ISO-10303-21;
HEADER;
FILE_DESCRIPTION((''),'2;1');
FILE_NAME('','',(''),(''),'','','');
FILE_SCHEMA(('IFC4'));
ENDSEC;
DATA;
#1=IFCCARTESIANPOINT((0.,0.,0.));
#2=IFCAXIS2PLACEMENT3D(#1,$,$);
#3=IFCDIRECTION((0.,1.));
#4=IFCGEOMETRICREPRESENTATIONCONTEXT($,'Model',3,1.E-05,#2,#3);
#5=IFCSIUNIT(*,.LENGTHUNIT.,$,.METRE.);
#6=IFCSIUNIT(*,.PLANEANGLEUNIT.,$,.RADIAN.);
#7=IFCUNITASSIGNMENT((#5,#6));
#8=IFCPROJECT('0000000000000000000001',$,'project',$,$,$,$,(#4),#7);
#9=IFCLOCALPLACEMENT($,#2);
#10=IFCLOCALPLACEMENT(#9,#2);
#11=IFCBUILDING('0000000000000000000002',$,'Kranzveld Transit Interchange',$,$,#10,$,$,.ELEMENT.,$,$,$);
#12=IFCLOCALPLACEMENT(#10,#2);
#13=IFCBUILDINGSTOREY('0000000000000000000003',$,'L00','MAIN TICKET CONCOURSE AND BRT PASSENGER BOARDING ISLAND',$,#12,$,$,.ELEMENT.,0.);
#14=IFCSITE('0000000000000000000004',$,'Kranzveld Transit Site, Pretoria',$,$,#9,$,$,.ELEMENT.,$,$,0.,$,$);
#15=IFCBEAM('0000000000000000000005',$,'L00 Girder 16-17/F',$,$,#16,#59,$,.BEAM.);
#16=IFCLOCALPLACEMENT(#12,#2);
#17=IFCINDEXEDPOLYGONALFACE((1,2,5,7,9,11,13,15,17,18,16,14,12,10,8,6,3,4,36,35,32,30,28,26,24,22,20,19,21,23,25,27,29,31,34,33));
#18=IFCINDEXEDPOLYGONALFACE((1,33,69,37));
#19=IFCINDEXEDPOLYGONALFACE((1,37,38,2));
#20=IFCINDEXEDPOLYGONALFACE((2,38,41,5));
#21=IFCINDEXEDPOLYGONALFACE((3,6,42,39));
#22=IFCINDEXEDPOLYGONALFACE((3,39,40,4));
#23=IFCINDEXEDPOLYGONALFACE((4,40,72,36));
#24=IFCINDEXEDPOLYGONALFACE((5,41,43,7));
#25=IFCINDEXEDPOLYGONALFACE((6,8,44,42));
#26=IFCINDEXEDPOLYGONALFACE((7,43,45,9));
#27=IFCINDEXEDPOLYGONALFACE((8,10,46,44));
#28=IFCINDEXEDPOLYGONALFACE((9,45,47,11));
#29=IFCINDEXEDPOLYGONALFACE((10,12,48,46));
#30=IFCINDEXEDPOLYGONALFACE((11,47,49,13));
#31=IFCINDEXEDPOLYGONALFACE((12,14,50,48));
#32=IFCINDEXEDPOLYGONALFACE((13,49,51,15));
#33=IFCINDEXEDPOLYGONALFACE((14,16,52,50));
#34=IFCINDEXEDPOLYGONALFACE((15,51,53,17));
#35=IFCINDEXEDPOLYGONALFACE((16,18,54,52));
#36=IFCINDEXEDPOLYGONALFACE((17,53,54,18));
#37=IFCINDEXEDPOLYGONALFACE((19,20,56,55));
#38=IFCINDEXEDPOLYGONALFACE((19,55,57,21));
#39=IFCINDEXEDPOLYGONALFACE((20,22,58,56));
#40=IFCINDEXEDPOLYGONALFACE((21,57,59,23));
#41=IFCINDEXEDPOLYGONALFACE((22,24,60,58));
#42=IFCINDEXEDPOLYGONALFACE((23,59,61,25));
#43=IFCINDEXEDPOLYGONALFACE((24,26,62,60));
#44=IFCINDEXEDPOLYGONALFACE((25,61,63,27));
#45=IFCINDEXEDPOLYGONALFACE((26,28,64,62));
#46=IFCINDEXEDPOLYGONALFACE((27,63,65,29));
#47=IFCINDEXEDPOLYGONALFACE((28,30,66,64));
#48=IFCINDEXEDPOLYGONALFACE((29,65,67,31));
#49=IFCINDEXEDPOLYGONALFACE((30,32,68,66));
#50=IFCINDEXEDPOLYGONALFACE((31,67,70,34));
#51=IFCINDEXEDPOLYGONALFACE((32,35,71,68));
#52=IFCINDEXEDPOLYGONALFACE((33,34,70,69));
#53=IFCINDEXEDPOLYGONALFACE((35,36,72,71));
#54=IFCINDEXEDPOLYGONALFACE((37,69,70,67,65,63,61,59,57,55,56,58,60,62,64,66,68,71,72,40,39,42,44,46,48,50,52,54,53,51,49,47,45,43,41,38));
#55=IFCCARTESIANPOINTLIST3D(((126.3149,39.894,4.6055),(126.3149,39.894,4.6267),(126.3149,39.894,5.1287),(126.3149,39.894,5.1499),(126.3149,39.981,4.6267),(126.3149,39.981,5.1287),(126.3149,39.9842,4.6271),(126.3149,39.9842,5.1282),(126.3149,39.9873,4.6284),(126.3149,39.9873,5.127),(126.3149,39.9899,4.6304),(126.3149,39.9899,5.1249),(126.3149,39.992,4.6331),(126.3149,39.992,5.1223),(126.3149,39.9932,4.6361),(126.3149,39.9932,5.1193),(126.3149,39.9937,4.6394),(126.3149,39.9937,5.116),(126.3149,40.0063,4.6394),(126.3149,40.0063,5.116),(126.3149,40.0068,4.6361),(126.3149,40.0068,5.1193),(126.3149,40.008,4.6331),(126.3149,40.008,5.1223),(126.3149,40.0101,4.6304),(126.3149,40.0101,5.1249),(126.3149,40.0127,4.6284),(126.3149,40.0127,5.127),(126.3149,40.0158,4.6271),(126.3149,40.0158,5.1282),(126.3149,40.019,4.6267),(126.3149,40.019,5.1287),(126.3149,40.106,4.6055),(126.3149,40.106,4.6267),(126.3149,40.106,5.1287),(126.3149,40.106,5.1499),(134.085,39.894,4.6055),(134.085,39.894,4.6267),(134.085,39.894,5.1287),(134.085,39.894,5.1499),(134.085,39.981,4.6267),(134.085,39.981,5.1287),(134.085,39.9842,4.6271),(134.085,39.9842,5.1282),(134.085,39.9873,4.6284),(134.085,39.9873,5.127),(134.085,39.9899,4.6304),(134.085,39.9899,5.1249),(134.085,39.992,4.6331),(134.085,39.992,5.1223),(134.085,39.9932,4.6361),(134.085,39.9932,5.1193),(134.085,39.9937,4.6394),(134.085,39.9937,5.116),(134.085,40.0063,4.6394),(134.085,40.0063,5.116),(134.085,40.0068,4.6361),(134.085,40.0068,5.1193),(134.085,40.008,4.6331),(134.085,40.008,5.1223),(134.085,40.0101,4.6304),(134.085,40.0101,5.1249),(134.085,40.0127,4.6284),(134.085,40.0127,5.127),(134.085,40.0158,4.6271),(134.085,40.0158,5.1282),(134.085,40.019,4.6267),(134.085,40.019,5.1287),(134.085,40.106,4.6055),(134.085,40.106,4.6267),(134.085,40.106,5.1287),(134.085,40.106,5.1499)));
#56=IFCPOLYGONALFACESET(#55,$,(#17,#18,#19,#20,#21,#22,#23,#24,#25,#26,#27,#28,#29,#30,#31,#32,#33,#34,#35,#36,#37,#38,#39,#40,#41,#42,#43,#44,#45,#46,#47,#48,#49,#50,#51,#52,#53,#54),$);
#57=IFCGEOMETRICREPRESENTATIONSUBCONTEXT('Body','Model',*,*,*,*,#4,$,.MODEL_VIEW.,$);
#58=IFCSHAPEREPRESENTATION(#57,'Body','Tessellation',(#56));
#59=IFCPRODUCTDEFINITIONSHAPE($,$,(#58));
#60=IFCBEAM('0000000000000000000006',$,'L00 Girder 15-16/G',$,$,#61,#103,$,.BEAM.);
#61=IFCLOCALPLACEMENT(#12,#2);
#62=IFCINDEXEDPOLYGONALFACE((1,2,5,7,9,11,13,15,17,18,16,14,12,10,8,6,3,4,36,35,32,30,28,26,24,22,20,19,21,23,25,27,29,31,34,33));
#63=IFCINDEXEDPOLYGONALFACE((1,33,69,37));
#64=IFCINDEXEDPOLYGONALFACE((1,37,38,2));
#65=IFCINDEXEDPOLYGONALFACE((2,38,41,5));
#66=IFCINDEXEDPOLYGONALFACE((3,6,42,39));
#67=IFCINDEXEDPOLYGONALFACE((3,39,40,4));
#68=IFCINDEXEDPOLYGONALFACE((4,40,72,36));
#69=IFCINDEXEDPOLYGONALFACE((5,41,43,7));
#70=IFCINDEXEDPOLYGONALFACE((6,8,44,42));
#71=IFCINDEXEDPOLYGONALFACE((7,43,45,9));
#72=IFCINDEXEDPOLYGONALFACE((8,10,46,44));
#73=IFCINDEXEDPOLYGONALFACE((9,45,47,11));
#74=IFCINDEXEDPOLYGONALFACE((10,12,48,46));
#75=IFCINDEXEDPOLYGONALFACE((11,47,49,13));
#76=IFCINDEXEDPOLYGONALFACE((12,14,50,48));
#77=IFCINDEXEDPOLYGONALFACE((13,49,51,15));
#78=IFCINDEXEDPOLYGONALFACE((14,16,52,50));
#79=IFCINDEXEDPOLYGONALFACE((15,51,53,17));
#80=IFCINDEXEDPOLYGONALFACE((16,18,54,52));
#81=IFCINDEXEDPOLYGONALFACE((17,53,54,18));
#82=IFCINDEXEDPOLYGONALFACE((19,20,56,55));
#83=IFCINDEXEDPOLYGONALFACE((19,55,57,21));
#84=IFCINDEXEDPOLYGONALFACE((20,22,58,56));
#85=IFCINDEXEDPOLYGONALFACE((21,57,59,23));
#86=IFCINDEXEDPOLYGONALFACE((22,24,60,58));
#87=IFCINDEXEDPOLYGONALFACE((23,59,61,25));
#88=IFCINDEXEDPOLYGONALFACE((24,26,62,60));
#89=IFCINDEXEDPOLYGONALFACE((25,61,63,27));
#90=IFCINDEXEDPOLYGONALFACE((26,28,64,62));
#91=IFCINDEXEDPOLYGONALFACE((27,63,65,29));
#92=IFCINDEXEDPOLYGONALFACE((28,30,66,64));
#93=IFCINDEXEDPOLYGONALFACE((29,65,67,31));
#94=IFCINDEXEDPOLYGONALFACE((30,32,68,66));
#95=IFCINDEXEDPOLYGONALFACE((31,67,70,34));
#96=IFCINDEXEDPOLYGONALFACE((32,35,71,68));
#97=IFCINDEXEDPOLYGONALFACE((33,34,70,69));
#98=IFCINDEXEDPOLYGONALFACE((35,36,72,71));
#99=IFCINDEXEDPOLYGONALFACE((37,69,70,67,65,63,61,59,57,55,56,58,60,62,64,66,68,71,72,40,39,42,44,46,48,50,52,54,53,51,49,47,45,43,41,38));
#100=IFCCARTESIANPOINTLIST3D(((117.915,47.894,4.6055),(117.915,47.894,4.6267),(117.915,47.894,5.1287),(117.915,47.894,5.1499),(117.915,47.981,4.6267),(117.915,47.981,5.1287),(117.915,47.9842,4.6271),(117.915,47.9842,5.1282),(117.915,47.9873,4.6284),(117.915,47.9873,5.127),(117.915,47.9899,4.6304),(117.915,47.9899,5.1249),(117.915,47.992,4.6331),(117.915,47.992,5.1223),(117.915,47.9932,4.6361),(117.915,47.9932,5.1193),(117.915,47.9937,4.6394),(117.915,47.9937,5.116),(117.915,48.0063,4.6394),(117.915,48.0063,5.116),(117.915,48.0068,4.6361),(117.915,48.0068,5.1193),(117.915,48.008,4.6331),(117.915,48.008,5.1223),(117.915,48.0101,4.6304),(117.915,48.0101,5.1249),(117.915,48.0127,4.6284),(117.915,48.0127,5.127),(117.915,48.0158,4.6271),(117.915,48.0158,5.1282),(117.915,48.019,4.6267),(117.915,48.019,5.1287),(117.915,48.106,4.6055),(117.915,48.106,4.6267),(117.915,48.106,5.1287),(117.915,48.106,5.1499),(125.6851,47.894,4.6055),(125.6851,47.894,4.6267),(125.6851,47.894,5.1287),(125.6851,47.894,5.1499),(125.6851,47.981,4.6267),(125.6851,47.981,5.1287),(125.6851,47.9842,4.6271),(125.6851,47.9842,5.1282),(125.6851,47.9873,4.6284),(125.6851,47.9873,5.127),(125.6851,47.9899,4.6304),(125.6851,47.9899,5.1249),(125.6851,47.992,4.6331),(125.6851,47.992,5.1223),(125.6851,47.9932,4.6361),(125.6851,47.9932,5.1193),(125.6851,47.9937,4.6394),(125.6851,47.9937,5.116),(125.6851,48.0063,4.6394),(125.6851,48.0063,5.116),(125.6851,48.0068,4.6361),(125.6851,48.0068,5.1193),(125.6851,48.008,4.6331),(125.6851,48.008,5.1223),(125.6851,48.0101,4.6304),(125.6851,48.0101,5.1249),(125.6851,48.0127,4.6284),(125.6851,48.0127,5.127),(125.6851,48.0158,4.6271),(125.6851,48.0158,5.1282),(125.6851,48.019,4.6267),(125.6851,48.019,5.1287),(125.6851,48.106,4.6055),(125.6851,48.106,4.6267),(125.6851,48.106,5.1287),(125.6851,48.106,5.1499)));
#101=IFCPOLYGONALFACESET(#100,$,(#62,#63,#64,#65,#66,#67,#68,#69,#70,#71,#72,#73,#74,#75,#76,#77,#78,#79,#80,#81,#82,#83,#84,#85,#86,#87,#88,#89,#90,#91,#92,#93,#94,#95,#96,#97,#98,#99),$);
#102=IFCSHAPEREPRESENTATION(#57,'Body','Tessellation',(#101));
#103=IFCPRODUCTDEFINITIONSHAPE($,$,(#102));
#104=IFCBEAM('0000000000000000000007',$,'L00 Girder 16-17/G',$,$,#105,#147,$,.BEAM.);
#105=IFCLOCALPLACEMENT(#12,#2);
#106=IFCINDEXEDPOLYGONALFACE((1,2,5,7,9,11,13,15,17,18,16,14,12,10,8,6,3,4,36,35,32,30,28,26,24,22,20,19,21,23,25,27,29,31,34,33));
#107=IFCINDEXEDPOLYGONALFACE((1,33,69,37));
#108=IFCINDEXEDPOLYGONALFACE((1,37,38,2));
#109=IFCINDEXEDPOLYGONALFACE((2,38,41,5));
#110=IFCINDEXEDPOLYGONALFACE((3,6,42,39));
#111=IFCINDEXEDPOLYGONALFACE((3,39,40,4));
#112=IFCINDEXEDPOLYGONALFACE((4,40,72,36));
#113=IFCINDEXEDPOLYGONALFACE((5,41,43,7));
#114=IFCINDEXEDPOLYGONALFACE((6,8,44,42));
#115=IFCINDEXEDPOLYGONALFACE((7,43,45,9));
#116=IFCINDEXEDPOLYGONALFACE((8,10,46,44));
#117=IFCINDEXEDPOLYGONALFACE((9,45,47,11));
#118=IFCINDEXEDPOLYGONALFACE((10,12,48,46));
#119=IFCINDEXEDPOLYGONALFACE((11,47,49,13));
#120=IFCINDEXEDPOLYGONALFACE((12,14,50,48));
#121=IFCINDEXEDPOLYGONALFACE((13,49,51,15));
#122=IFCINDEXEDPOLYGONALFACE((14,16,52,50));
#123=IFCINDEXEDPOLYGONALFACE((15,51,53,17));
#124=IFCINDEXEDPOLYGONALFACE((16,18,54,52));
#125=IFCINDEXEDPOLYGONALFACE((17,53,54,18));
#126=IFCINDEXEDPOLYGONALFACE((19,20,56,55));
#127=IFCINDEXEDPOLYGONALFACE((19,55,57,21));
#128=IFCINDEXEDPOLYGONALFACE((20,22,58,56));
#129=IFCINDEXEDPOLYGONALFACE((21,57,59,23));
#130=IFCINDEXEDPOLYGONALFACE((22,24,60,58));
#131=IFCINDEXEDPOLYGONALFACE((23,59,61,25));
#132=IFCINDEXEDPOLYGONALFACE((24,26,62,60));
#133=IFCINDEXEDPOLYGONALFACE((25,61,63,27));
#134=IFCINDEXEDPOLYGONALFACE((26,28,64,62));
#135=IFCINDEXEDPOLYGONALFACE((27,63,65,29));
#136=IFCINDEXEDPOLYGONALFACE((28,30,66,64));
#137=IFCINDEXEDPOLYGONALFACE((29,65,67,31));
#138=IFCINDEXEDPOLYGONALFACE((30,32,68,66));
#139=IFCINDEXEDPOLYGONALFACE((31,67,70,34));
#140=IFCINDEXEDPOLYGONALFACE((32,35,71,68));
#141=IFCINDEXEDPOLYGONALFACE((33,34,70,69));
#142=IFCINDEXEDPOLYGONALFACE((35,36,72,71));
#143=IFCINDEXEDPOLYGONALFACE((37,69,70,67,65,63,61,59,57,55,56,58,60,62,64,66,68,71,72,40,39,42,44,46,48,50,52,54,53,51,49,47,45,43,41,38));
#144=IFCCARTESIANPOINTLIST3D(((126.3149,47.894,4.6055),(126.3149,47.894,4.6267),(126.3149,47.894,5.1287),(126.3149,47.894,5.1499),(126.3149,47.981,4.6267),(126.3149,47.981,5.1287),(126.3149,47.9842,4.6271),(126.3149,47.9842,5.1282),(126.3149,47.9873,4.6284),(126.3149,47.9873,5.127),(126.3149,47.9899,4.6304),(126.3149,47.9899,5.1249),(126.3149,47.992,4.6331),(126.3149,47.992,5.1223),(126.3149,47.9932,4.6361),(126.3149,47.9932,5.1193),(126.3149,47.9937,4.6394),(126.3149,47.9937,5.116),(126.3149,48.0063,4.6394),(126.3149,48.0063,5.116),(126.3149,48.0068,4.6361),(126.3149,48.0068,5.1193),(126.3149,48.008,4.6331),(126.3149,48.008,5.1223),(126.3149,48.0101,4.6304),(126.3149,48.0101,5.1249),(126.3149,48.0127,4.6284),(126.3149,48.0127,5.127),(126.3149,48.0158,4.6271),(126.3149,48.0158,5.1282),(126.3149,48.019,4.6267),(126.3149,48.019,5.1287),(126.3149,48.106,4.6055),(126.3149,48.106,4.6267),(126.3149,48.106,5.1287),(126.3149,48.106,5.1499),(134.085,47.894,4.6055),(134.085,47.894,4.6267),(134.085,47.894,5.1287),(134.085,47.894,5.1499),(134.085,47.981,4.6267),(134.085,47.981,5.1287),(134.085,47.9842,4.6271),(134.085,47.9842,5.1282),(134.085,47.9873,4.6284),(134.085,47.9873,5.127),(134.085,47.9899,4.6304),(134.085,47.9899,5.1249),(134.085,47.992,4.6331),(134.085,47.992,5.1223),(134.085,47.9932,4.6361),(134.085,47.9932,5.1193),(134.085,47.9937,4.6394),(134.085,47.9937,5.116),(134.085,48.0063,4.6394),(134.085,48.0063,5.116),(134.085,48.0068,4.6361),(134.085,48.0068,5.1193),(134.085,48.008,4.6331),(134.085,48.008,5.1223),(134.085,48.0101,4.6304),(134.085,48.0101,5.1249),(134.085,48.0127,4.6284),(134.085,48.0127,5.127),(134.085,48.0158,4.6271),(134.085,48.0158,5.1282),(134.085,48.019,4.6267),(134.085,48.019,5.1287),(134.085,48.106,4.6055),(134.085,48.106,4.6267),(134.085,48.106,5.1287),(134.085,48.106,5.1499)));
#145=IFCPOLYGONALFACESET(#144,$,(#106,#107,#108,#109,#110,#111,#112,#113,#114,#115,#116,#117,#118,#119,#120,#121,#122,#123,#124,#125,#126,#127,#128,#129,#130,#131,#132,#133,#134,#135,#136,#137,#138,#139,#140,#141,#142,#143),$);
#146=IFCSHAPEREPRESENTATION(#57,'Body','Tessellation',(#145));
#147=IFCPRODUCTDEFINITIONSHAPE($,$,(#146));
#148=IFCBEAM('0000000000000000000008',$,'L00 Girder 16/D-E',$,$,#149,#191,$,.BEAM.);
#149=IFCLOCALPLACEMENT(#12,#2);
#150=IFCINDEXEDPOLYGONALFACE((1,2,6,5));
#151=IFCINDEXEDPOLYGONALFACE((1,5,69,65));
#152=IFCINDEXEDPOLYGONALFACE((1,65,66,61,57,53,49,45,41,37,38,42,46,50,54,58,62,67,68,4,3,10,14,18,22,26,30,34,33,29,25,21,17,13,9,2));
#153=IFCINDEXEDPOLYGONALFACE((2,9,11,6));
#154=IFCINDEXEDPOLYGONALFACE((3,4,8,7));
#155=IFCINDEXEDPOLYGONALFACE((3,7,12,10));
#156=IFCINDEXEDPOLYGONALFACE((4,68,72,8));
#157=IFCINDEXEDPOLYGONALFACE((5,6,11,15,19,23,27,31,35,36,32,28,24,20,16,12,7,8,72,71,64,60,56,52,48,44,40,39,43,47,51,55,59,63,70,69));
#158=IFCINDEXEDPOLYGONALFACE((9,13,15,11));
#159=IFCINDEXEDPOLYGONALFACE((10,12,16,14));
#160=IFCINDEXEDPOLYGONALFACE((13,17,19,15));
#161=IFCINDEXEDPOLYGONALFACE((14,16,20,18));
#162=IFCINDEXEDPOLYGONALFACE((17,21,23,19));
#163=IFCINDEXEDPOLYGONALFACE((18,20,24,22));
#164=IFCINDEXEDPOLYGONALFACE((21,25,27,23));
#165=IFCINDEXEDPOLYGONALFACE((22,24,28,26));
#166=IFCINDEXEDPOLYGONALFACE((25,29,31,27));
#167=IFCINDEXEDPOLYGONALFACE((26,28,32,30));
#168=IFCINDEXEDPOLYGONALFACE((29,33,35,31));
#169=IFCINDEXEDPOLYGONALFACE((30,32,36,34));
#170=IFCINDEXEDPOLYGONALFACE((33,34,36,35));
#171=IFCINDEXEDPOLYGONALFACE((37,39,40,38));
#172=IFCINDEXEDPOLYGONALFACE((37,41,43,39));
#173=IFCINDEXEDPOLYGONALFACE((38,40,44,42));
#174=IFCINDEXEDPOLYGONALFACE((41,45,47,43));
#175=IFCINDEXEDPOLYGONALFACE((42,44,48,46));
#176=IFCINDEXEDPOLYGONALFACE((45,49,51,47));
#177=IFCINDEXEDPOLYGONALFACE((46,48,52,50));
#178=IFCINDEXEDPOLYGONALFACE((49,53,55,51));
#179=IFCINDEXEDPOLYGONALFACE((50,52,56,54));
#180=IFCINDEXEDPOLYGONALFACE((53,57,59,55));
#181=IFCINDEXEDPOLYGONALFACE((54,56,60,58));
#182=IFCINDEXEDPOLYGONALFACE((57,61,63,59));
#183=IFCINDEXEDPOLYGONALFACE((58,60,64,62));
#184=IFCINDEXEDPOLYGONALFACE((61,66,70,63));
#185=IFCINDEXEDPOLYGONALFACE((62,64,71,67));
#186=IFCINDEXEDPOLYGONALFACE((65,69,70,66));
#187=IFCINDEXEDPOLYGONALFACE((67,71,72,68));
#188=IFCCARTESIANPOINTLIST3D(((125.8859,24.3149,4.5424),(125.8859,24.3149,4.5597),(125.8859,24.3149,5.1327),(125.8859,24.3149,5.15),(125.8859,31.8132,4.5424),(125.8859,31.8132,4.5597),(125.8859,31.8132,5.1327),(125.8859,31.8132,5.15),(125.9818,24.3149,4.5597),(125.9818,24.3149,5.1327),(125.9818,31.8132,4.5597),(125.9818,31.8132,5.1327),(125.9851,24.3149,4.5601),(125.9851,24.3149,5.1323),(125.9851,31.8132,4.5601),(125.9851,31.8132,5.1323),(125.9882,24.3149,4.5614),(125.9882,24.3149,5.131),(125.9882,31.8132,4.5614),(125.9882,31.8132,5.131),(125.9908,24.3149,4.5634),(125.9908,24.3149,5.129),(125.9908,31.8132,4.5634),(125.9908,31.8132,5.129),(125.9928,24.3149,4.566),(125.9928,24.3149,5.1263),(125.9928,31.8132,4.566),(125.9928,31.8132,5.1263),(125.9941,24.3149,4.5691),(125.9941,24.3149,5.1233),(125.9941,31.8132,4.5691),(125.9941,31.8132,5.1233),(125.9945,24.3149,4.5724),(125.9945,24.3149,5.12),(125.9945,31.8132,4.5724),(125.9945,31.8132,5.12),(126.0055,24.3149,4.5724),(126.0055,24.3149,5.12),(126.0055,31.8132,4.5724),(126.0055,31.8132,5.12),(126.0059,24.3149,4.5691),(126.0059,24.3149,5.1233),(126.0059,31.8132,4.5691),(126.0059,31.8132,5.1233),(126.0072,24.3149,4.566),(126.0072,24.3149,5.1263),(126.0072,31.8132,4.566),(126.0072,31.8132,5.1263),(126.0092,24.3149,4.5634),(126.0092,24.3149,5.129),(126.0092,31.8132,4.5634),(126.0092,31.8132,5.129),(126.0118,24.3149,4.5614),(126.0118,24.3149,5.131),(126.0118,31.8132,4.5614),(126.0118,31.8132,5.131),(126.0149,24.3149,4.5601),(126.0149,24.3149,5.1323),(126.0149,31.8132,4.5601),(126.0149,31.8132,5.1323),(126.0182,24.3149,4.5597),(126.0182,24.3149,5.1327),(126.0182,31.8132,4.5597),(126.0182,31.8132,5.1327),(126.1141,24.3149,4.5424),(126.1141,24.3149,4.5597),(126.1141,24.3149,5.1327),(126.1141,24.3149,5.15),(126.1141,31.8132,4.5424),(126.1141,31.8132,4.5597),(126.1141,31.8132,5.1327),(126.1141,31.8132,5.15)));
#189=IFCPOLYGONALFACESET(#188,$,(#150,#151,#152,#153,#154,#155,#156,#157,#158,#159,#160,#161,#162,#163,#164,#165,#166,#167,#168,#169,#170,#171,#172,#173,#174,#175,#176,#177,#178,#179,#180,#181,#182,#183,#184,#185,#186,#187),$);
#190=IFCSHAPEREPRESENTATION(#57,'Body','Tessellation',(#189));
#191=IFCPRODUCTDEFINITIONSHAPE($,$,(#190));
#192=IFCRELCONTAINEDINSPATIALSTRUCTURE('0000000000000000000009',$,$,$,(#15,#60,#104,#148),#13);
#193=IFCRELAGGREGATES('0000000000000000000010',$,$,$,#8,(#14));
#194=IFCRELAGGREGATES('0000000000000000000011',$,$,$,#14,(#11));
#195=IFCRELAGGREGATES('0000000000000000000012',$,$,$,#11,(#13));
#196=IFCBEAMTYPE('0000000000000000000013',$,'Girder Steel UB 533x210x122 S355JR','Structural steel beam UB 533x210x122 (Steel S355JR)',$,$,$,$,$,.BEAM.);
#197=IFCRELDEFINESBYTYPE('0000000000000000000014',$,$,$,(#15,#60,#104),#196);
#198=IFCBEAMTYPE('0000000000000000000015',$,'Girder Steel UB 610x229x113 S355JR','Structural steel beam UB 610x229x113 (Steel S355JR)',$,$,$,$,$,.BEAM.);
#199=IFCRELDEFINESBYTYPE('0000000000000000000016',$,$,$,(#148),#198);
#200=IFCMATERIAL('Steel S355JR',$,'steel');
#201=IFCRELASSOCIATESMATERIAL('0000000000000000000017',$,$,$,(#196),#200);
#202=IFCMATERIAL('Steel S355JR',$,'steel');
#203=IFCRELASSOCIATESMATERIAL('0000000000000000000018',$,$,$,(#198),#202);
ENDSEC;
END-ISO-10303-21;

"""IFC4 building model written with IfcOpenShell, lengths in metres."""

from ifc_helpers import new_model, si_unit, direction, frame, origin, origin_2d, place, context, subcontext, project, spatial, i_section, extrude, material, material_profile, profile_set, type_object, element, save


model = new_model("IFC4")

# Units and contexts
model_context = context("Model", 3, precision=1e-05, world=origin(), true_north=direction((0.0, 1.0)))
body_context = subcontext(model_context, "Body", "Model", "MODEL_VIEW")
ifc_project = project(units=[si_unit("LENGTHUNIT", "METRE"), si_unit("PLANEANGLEUNIT", "RADIAN")], contexts=[model_context])

# Site, building, storey
site_placement = place(None, origin())
site = spatial("IfcSite", under=ifc_project, at=site_placement, Name="Kranzveld Transit Site, Pretoria", CompositionType="ELEMENT", RefElevation=0.0)
building_placement = place(site_placement, origin())
building = spatial("IfcBuilding", under=site, at=building_placement, Name="Kranzveld Transit Interchange", CompositionType="ELEMENT")
storey_placement = place(building_placement, origin())
storey = spatial("IfcBuildingStorey", under=building, at=storey_placement, Name="L00", Description="MAIN TICKET CONCOURSE AND BRT PASSENGER BOARDING ISLAND", CompositionType="ELEMENT", Elevation=0.0)

# Beams
ifc_material_1 = material(Name="Steel S355JR", Category="steel")
ifc_material_profile_1 = material_profile(ifc_material_1, i_section(OverallWidth=0.2119, OverallDepth=0.5444, WebThickness=0.0127, FlangeThickness=0.0212, FilletRadius=0.0127, at=origin_2d()), Name="UB 533x210x122")
ifc_profile_set_1 = profile_set([ifc_material_profile_1], Name="Steel S355JR")
beam_type_1 = type_object("IfcBeamType", Name="Girder Steel UB 533x210x122 S355JR", Description="Structural steel beam UB 533x210x122 (Steel S355JR)", PredefinedType="BEAM", material=ifc_profile_set_1)
for number, where, z_axis, x_axis, name in (
    (1, (126.3149, 40.0, 4.8777), (1.0, 0.0, 0.0), (0.0, 1.0, 0.0), "L00 Girder 16-17/F"),
    (2, (117.915, 48.0, 4.8777), (1.0, 0.0, 0.0), (0.0, 1.0, 0.0), "L00 Girder 15-16/G"),
    (3, (126.3149, 48.0, 4.8777), (1.0, 0.0, 0.0), (0.0, 1.0, 0.0), "L00 Girder 16-17/G"),
):
    element("IfcBeam", number, at=place(storey_placement, frame(where, z_axis=z_axis, x_axis=x_axis)), inside=storey, type_object=beam_type_1, Name=name, PredefinedType="BEAM", context=body_context, shape_type="SweptSolid", body=[
        extrude(i_section(OverallWidth=0.2119, OverallDepth=0.5444, WebThickness=0.0127, FlangeThickness=0.0212, FilletRadius=0.0127, at=origin_2d()), origin(), (0.0, 0.0, 1.0), 7.77),
    ])
ifc_material_2 = material(Name="Steel S355JR", Category="steel")
ifc_material_profile_2 = material_profile(ifc_material_2, i_section(OverallWidth=0.2283, OverallDepth=0.6077, WebThickness=0.011, FlangeThickness=0.0173, FilletRadius=0.0127, at=origin_2d()), Name="UB 610x229x113")
ifc_profile_set_2 = profile_set([ifc_material_profile_2], Name="Steel S355JR")
beam_type_2 = type_object("IfcBeamType", Name="Girder Steel UB 610x229x113 S355JR", Description="Structural steel beam UB 610x229x113 (Steel S355JR)", PredefinedType="BEAM", material=ifc_profile_set_2)
for number, where, z_axis, x_axis, name in (
    (4, (126.0, 24.3149, 4.8462), (0.0, 1.0, 0.0), (-1.0, 0.0, 0.0), "L00 Girder 16/D-E"),
):
    element("IfcBeam", number, at=place(storey_placement, frame(where, z_axis=z_axis, x_axis=x_axis)), inside=storey, type_object=beam_type_2, Name=name, PredefinedType="BEAM", context=body_context, shape_type="SweptSolid", body=[
        extrude(i_section(OverallWidth=0.2283, OverallDepth=0.6077, WebThickness=0.011, FlangeThickness=0.0173, FilletRadius=0.0127, at=origin_2d()), origin(), (0.0, 0.0, 1.0), 7.4983),
    ])

save(model, "model.ifc")
